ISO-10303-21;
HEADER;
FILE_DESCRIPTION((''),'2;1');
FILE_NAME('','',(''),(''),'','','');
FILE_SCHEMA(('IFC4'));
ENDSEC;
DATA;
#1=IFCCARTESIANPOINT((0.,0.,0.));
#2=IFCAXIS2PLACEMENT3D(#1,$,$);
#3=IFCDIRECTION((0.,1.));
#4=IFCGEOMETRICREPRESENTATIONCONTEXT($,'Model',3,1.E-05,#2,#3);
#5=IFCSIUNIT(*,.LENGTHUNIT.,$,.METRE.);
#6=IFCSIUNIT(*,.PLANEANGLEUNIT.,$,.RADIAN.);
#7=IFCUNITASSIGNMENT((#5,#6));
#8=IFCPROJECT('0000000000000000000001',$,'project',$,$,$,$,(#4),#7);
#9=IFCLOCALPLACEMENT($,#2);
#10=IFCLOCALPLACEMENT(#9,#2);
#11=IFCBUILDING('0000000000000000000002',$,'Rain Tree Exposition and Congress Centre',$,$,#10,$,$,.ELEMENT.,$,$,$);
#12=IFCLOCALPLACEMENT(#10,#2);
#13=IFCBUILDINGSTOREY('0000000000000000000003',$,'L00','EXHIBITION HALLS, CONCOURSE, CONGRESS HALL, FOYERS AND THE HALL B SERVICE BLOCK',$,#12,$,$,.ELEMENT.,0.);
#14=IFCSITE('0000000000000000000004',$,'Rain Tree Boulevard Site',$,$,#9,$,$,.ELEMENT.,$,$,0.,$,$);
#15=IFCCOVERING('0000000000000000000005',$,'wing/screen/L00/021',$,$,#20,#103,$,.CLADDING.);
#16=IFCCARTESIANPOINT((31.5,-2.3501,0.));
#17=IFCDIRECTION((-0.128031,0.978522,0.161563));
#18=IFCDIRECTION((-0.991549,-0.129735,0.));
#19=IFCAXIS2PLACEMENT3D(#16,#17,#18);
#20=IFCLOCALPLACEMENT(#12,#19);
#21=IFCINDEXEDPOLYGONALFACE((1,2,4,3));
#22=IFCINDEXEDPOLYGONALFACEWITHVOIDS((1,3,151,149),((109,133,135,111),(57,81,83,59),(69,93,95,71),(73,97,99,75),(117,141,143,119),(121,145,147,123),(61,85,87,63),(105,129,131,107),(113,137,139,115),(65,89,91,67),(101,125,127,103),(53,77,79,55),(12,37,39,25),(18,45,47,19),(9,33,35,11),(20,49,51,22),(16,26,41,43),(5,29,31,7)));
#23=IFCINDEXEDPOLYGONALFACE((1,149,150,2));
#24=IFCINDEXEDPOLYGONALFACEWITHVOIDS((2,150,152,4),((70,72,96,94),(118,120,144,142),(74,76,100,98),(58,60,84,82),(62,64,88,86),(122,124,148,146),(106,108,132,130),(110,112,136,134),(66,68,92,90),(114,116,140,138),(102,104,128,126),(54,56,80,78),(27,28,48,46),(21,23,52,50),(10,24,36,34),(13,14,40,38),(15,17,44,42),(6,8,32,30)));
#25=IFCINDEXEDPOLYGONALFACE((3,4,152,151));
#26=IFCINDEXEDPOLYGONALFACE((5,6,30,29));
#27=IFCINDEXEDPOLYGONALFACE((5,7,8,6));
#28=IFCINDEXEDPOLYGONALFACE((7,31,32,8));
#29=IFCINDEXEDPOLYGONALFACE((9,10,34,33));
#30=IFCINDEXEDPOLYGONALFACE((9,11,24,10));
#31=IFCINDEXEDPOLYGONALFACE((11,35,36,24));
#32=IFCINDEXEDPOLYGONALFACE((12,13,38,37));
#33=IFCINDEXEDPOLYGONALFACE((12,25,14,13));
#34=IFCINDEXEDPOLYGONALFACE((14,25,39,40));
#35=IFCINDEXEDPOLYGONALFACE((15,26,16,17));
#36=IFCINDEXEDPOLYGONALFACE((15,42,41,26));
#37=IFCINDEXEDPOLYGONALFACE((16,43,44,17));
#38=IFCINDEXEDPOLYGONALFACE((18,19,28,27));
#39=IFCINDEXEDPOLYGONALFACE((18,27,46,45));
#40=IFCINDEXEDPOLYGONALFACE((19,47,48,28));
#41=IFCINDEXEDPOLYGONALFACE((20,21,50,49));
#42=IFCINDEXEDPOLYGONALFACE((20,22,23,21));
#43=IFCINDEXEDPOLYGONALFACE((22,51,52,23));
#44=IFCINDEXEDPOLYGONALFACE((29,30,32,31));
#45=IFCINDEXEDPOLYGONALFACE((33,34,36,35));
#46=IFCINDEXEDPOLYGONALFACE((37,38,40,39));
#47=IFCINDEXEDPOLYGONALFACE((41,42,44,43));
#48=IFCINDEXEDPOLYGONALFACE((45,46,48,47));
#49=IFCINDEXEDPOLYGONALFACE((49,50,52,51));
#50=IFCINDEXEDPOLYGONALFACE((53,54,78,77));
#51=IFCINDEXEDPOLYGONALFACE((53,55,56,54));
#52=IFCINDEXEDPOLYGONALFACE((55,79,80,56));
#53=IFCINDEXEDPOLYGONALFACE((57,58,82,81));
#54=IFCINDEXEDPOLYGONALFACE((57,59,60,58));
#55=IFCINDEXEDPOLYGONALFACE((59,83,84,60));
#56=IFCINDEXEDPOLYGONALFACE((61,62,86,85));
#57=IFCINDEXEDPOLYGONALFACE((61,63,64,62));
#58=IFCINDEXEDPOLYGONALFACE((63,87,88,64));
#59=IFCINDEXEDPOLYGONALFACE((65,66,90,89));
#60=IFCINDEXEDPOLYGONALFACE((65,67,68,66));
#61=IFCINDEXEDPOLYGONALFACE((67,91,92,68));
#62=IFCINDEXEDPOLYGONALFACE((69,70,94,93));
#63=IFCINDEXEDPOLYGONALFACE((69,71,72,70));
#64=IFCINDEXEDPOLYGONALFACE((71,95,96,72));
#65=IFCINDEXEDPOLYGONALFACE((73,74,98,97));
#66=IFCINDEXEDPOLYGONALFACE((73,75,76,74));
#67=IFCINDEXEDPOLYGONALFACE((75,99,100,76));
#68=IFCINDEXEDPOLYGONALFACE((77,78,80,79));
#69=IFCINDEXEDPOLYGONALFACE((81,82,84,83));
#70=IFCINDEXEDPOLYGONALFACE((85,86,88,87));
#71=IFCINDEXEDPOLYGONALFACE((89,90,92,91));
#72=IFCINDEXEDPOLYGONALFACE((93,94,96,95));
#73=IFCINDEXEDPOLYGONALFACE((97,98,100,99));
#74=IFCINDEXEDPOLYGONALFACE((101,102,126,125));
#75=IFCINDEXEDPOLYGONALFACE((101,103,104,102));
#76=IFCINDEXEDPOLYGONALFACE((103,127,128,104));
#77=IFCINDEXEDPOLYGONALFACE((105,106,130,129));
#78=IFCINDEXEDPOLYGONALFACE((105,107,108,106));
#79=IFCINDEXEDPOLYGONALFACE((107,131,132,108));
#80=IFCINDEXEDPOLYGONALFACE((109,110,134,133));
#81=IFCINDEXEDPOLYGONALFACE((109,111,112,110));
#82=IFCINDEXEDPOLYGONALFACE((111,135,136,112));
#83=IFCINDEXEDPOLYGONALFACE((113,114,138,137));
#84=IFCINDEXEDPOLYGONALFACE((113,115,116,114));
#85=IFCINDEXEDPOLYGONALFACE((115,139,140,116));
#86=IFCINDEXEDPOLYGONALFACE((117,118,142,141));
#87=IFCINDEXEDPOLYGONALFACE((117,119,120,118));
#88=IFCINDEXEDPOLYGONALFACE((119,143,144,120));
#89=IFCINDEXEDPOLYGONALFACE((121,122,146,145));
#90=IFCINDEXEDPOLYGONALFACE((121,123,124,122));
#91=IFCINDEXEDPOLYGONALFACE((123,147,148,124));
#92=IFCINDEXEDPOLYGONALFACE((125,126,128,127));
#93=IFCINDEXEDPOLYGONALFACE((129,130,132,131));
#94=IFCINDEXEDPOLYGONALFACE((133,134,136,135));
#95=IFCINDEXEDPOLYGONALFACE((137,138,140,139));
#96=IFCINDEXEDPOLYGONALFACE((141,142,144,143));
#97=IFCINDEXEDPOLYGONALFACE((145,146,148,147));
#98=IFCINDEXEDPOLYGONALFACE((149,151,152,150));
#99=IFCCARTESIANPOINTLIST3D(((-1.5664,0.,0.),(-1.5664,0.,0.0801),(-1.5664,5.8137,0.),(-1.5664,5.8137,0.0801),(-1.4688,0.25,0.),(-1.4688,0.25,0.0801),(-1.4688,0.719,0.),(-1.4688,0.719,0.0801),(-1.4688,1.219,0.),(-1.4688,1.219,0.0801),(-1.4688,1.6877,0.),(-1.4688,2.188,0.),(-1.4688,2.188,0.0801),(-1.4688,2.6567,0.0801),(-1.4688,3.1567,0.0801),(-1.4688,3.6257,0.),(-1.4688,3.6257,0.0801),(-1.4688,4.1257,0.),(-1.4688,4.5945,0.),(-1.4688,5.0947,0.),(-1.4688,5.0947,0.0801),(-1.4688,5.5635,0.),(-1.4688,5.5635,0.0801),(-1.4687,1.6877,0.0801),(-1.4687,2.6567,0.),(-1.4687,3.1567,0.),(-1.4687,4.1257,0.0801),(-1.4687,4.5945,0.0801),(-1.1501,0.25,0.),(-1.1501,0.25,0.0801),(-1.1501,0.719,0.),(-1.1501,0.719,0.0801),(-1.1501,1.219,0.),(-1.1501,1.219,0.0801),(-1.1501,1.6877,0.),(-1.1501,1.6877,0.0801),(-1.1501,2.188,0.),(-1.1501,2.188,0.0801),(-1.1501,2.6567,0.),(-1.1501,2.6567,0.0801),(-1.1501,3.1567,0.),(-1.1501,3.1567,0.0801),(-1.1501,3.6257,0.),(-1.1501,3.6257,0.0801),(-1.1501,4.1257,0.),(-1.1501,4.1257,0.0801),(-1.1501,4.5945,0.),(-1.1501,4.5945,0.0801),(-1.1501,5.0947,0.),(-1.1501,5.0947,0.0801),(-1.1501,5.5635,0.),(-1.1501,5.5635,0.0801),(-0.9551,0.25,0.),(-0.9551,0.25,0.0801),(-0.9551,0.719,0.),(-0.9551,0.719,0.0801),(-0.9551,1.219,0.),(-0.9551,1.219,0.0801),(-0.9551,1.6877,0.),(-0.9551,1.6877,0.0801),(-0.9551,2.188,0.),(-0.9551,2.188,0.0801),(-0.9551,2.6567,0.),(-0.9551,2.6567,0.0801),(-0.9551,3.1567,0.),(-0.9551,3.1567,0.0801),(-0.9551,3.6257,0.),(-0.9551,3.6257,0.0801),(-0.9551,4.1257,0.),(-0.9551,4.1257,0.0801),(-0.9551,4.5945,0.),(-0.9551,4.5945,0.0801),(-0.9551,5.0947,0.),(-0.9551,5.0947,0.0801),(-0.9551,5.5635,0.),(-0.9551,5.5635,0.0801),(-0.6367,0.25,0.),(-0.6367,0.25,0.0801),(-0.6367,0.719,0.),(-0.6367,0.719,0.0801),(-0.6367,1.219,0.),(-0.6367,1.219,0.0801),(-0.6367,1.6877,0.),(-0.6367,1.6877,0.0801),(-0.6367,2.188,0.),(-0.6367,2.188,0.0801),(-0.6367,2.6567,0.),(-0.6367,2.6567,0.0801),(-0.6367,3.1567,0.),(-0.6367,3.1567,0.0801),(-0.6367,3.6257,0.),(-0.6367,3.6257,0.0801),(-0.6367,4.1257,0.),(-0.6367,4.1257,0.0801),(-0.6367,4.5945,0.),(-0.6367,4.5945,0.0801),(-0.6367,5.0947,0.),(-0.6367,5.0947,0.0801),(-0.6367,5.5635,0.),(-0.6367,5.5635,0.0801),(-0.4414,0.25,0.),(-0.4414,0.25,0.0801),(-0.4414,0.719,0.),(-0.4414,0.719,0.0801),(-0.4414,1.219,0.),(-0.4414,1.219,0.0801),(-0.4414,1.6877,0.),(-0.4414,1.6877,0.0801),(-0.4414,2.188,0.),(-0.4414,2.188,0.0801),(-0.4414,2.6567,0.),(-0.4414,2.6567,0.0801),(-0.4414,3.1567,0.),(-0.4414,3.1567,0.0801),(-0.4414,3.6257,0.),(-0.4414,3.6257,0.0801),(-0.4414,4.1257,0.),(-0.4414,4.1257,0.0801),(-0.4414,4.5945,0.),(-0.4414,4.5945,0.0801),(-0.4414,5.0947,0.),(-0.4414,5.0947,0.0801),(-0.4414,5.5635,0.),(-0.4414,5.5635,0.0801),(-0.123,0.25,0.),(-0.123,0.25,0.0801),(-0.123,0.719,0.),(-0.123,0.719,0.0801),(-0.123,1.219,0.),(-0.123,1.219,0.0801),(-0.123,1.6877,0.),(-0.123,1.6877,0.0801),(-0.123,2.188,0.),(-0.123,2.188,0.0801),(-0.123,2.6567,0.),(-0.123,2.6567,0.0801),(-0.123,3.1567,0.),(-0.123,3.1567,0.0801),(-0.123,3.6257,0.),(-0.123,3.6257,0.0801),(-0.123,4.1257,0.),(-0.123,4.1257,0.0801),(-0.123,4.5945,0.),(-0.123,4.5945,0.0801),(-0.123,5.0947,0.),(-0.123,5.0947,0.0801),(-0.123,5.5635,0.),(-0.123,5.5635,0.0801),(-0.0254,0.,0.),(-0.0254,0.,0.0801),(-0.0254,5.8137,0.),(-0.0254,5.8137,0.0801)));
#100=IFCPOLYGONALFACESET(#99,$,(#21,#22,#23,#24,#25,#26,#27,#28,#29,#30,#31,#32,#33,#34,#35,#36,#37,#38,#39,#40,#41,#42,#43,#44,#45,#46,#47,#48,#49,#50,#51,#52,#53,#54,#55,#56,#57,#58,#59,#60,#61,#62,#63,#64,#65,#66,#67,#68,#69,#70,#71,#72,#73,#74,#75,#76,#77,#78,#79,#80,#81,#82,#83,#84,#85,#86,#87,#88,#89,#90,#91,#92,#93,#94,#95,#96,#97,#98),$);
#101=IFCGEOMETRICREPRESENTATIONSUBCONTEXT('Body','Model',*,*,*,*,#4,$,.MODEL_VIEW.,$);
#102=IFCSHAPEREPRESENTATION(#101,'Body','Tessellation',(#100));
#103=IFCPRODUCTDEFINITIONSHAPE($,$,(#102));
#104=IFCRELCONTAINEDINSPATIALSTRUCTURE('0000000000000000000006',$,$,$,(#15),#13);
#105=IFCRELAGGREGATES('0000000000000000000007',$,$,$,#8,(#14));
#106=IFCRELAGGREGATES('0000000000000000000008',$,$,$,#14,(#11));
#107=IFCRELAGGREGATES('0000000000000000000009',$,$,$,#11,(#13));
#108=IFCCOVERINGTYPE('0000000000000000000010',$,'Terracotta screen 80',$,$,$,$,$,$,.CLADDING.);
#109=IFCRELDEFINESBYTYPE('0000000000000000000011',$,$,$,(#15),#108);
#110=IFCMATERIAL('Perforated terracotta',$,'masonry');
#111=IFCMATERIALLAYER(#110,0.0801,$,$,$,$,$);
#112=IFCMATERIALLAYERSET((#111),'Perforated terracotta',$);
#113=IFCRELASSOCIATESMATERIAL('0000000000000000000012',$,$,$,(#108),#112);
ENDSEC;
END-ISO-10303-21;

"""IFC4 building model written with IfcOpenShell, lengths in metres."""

from ifc_helpers import new_model, si_unit, direction, frame, origin, place, context, subcontext, project, spatial, polyline, outline, extrude, material, layer, layer_set, type_object, element, save


model = new_model("IFC4")

# Units and contexts
model_context = context("Model", 3, precision=1e-05, world=origin(), true_north=direction((0.0, 1.0)))
body_context = subcontext(model_context, "Body", "Model", "MODEL_VIEW")
ifc_project = project(units=[si_unit("LENGTHUNIT", "METRE"), si_unit("PLANEANGLEUNIT", "RADIAN")], contexts=[model_context])

# Site, building, storey
site_placement = place(None, origin())
site = spatial("IfcSite", under=ifc_project, at=site_placement, Name="Rain Tree Boulevard Site", CompositionType="ELEMENT", RefElevation=0.0)
building_placement = place(site_placement, origin())
building = spatial("IfcBuilding", under=site, at=building_placement, Name="Rain Tree Exposition and Congress Centre", CompositionType="ELEMENT")
storey_placement = place(building_placement, origin())
storey = spatial("IfcBuildingStorey", under=building, at=storey_placement, Name="L00", Description="EXHIBITION HALLS, CONCOURSE, CONGRESS HALL, FOYERS AND THE HALL B SERVICE BLOCK", CompositionType="ELEMENT", Elevation=0.0)

# Covering
ifc_material_1 = material(Name="Perforated terracotta", Category="masonry")
ifc_layer_1 = layer(ifc_material_1, 0.0801)
ifc_layer_set_1 = layer_set([ifc_layer_1], Name="Perforated terracotta")
covering_type = type_object("IfcCoveringType", Name="Terracotta screen 80", PredefinedType="CLADDING", material=ifc_layer_set_1)
covering_1_placement = place(storey_placement, frame((31.5, -2.3501, 0.0), z_axis=(-0.128031, 0.978522, 0.161563), x_axis=(-0.991549, -0.129735, 0.0)))
element("IfcCovering", 1, at=covering_1_placement, inside=storey, type_object=covering_type, Name="wing/screen/L00/021", PredefinedType="CLADDING", context=body_context, shape_type="SweptSolid", body=[
    extrude(outline(polyline([(-1.5664, 0.0), (-1.5664, 5.8137), (-0.0254, 5.8137), (-0.0254, 0.0), (-1.5664, 0.0)]), holes=[polyline([(-0.123, 0.25), (-0.123, 0.719), (-0.4414, 0.719), (-0.4414, 0.25), (-0.123, 0.25)]), polyline([(-0.123, 1.219), (-0.123, 1.6877), (-0.4414, 1.6877), (-0.4414, 1.219), (-0.123, 1.219)]), polyline([(-0.123, 2.188), (-0.123, 2.6567), (-0.4414, 2.6567), (-0.4414, 2.188), (-0.123, 2.188)]), polyline([(-0.123, 3.1567), (-0.123, 3.6257), (-0.4414, 3.6257), (-0.4414, 3.1567), (-0.123, 3.1567)]), polyline([(-0.123, 4.1257), (-0.123, 4.5945), (-0.4414, 4.5945), (-0.4414, 4.1257), (-0.123, 4.1257)]), polyline([(-0.123, 5.0947), (-0.123, 5.5635), (-0.4414, 5.5635), (-0.4414, 5.0947), (-0.123, 5.0947)]), polyline([(-0.6367, 0.25), (-0.6367, 0.719), (-0.9551, 0.719), (-0.9551, 0.25), (-0.6367, 0.25)]), polyline([(-0.6367, 1.219), (-0.6367, 1.6877), (-0.9551, 1.6877), (-0.9551, 1.219), (-0.6367, 1.219)]), polyline([(-0.6367, 2.188), (-0.6367, 2.6567), (-0.9551, 2.6567), (-0.9551, 2.188), (-0.6367, 2.188)]), polyline([(-0.6367, 3.1567), (-0.6367, 3.6257), (-0.9551, 3.6257), (-0.9551, 3.1567), (-0.6367, 3.1567)]), polyline([(-0.6367, 4.1257), (-0.6367, 4.5945), (-0.9551, 4.5945), (-0.9551, 4.1257), (-0.6367, 4.1257)]), polyline([(-0.6367, 5.0947), (-0.6367, 5.5635), (-0.9551, 5.5635), (-0.9551, 5.0947), (-0.6367, 5.0947)]), polyline([(-1.1501, 0.25), (-1.1501, 0.719), (-1.4688, 0.719), (-1.4688, 0.25), (-1.1501, 0.25)]), polyline([(-1.1501, 1.219), (-1.1501, 1.6877), (-1.4688, 1.6877), (-1.4688, 1.219), (-1.1501, 1.219)]), polyline([(-1.1501, 2.188), (-1.1501, 2.6567), (-1.4688, 2.6567), (-1.4688, 2.188), (-1.1501, 2.188)]), polyline([(-1.1501, 3.1567), (-1.1501, 3.6257), (-1.4688, 3.6257), (-1.4688, 3.1567), (-1.1501, 3.1567)]), polyline([(-1.1501, 4.1257), (-1.1501, 4.5945), (-1.4688, 4.5945), (-1.4688, 4.1257), (-1.1501, 4.1257)]), polyline([(-1.1501, 5.0947), (-1.1501, 5.5635), (-1.4688, 5.5635), (-1.4688, 5.0947), (-1.1501, 5.0947)])]), origin(), (0.0, 0.0, 1.0), 0.0801),
])

save(model, "model.ifc")
